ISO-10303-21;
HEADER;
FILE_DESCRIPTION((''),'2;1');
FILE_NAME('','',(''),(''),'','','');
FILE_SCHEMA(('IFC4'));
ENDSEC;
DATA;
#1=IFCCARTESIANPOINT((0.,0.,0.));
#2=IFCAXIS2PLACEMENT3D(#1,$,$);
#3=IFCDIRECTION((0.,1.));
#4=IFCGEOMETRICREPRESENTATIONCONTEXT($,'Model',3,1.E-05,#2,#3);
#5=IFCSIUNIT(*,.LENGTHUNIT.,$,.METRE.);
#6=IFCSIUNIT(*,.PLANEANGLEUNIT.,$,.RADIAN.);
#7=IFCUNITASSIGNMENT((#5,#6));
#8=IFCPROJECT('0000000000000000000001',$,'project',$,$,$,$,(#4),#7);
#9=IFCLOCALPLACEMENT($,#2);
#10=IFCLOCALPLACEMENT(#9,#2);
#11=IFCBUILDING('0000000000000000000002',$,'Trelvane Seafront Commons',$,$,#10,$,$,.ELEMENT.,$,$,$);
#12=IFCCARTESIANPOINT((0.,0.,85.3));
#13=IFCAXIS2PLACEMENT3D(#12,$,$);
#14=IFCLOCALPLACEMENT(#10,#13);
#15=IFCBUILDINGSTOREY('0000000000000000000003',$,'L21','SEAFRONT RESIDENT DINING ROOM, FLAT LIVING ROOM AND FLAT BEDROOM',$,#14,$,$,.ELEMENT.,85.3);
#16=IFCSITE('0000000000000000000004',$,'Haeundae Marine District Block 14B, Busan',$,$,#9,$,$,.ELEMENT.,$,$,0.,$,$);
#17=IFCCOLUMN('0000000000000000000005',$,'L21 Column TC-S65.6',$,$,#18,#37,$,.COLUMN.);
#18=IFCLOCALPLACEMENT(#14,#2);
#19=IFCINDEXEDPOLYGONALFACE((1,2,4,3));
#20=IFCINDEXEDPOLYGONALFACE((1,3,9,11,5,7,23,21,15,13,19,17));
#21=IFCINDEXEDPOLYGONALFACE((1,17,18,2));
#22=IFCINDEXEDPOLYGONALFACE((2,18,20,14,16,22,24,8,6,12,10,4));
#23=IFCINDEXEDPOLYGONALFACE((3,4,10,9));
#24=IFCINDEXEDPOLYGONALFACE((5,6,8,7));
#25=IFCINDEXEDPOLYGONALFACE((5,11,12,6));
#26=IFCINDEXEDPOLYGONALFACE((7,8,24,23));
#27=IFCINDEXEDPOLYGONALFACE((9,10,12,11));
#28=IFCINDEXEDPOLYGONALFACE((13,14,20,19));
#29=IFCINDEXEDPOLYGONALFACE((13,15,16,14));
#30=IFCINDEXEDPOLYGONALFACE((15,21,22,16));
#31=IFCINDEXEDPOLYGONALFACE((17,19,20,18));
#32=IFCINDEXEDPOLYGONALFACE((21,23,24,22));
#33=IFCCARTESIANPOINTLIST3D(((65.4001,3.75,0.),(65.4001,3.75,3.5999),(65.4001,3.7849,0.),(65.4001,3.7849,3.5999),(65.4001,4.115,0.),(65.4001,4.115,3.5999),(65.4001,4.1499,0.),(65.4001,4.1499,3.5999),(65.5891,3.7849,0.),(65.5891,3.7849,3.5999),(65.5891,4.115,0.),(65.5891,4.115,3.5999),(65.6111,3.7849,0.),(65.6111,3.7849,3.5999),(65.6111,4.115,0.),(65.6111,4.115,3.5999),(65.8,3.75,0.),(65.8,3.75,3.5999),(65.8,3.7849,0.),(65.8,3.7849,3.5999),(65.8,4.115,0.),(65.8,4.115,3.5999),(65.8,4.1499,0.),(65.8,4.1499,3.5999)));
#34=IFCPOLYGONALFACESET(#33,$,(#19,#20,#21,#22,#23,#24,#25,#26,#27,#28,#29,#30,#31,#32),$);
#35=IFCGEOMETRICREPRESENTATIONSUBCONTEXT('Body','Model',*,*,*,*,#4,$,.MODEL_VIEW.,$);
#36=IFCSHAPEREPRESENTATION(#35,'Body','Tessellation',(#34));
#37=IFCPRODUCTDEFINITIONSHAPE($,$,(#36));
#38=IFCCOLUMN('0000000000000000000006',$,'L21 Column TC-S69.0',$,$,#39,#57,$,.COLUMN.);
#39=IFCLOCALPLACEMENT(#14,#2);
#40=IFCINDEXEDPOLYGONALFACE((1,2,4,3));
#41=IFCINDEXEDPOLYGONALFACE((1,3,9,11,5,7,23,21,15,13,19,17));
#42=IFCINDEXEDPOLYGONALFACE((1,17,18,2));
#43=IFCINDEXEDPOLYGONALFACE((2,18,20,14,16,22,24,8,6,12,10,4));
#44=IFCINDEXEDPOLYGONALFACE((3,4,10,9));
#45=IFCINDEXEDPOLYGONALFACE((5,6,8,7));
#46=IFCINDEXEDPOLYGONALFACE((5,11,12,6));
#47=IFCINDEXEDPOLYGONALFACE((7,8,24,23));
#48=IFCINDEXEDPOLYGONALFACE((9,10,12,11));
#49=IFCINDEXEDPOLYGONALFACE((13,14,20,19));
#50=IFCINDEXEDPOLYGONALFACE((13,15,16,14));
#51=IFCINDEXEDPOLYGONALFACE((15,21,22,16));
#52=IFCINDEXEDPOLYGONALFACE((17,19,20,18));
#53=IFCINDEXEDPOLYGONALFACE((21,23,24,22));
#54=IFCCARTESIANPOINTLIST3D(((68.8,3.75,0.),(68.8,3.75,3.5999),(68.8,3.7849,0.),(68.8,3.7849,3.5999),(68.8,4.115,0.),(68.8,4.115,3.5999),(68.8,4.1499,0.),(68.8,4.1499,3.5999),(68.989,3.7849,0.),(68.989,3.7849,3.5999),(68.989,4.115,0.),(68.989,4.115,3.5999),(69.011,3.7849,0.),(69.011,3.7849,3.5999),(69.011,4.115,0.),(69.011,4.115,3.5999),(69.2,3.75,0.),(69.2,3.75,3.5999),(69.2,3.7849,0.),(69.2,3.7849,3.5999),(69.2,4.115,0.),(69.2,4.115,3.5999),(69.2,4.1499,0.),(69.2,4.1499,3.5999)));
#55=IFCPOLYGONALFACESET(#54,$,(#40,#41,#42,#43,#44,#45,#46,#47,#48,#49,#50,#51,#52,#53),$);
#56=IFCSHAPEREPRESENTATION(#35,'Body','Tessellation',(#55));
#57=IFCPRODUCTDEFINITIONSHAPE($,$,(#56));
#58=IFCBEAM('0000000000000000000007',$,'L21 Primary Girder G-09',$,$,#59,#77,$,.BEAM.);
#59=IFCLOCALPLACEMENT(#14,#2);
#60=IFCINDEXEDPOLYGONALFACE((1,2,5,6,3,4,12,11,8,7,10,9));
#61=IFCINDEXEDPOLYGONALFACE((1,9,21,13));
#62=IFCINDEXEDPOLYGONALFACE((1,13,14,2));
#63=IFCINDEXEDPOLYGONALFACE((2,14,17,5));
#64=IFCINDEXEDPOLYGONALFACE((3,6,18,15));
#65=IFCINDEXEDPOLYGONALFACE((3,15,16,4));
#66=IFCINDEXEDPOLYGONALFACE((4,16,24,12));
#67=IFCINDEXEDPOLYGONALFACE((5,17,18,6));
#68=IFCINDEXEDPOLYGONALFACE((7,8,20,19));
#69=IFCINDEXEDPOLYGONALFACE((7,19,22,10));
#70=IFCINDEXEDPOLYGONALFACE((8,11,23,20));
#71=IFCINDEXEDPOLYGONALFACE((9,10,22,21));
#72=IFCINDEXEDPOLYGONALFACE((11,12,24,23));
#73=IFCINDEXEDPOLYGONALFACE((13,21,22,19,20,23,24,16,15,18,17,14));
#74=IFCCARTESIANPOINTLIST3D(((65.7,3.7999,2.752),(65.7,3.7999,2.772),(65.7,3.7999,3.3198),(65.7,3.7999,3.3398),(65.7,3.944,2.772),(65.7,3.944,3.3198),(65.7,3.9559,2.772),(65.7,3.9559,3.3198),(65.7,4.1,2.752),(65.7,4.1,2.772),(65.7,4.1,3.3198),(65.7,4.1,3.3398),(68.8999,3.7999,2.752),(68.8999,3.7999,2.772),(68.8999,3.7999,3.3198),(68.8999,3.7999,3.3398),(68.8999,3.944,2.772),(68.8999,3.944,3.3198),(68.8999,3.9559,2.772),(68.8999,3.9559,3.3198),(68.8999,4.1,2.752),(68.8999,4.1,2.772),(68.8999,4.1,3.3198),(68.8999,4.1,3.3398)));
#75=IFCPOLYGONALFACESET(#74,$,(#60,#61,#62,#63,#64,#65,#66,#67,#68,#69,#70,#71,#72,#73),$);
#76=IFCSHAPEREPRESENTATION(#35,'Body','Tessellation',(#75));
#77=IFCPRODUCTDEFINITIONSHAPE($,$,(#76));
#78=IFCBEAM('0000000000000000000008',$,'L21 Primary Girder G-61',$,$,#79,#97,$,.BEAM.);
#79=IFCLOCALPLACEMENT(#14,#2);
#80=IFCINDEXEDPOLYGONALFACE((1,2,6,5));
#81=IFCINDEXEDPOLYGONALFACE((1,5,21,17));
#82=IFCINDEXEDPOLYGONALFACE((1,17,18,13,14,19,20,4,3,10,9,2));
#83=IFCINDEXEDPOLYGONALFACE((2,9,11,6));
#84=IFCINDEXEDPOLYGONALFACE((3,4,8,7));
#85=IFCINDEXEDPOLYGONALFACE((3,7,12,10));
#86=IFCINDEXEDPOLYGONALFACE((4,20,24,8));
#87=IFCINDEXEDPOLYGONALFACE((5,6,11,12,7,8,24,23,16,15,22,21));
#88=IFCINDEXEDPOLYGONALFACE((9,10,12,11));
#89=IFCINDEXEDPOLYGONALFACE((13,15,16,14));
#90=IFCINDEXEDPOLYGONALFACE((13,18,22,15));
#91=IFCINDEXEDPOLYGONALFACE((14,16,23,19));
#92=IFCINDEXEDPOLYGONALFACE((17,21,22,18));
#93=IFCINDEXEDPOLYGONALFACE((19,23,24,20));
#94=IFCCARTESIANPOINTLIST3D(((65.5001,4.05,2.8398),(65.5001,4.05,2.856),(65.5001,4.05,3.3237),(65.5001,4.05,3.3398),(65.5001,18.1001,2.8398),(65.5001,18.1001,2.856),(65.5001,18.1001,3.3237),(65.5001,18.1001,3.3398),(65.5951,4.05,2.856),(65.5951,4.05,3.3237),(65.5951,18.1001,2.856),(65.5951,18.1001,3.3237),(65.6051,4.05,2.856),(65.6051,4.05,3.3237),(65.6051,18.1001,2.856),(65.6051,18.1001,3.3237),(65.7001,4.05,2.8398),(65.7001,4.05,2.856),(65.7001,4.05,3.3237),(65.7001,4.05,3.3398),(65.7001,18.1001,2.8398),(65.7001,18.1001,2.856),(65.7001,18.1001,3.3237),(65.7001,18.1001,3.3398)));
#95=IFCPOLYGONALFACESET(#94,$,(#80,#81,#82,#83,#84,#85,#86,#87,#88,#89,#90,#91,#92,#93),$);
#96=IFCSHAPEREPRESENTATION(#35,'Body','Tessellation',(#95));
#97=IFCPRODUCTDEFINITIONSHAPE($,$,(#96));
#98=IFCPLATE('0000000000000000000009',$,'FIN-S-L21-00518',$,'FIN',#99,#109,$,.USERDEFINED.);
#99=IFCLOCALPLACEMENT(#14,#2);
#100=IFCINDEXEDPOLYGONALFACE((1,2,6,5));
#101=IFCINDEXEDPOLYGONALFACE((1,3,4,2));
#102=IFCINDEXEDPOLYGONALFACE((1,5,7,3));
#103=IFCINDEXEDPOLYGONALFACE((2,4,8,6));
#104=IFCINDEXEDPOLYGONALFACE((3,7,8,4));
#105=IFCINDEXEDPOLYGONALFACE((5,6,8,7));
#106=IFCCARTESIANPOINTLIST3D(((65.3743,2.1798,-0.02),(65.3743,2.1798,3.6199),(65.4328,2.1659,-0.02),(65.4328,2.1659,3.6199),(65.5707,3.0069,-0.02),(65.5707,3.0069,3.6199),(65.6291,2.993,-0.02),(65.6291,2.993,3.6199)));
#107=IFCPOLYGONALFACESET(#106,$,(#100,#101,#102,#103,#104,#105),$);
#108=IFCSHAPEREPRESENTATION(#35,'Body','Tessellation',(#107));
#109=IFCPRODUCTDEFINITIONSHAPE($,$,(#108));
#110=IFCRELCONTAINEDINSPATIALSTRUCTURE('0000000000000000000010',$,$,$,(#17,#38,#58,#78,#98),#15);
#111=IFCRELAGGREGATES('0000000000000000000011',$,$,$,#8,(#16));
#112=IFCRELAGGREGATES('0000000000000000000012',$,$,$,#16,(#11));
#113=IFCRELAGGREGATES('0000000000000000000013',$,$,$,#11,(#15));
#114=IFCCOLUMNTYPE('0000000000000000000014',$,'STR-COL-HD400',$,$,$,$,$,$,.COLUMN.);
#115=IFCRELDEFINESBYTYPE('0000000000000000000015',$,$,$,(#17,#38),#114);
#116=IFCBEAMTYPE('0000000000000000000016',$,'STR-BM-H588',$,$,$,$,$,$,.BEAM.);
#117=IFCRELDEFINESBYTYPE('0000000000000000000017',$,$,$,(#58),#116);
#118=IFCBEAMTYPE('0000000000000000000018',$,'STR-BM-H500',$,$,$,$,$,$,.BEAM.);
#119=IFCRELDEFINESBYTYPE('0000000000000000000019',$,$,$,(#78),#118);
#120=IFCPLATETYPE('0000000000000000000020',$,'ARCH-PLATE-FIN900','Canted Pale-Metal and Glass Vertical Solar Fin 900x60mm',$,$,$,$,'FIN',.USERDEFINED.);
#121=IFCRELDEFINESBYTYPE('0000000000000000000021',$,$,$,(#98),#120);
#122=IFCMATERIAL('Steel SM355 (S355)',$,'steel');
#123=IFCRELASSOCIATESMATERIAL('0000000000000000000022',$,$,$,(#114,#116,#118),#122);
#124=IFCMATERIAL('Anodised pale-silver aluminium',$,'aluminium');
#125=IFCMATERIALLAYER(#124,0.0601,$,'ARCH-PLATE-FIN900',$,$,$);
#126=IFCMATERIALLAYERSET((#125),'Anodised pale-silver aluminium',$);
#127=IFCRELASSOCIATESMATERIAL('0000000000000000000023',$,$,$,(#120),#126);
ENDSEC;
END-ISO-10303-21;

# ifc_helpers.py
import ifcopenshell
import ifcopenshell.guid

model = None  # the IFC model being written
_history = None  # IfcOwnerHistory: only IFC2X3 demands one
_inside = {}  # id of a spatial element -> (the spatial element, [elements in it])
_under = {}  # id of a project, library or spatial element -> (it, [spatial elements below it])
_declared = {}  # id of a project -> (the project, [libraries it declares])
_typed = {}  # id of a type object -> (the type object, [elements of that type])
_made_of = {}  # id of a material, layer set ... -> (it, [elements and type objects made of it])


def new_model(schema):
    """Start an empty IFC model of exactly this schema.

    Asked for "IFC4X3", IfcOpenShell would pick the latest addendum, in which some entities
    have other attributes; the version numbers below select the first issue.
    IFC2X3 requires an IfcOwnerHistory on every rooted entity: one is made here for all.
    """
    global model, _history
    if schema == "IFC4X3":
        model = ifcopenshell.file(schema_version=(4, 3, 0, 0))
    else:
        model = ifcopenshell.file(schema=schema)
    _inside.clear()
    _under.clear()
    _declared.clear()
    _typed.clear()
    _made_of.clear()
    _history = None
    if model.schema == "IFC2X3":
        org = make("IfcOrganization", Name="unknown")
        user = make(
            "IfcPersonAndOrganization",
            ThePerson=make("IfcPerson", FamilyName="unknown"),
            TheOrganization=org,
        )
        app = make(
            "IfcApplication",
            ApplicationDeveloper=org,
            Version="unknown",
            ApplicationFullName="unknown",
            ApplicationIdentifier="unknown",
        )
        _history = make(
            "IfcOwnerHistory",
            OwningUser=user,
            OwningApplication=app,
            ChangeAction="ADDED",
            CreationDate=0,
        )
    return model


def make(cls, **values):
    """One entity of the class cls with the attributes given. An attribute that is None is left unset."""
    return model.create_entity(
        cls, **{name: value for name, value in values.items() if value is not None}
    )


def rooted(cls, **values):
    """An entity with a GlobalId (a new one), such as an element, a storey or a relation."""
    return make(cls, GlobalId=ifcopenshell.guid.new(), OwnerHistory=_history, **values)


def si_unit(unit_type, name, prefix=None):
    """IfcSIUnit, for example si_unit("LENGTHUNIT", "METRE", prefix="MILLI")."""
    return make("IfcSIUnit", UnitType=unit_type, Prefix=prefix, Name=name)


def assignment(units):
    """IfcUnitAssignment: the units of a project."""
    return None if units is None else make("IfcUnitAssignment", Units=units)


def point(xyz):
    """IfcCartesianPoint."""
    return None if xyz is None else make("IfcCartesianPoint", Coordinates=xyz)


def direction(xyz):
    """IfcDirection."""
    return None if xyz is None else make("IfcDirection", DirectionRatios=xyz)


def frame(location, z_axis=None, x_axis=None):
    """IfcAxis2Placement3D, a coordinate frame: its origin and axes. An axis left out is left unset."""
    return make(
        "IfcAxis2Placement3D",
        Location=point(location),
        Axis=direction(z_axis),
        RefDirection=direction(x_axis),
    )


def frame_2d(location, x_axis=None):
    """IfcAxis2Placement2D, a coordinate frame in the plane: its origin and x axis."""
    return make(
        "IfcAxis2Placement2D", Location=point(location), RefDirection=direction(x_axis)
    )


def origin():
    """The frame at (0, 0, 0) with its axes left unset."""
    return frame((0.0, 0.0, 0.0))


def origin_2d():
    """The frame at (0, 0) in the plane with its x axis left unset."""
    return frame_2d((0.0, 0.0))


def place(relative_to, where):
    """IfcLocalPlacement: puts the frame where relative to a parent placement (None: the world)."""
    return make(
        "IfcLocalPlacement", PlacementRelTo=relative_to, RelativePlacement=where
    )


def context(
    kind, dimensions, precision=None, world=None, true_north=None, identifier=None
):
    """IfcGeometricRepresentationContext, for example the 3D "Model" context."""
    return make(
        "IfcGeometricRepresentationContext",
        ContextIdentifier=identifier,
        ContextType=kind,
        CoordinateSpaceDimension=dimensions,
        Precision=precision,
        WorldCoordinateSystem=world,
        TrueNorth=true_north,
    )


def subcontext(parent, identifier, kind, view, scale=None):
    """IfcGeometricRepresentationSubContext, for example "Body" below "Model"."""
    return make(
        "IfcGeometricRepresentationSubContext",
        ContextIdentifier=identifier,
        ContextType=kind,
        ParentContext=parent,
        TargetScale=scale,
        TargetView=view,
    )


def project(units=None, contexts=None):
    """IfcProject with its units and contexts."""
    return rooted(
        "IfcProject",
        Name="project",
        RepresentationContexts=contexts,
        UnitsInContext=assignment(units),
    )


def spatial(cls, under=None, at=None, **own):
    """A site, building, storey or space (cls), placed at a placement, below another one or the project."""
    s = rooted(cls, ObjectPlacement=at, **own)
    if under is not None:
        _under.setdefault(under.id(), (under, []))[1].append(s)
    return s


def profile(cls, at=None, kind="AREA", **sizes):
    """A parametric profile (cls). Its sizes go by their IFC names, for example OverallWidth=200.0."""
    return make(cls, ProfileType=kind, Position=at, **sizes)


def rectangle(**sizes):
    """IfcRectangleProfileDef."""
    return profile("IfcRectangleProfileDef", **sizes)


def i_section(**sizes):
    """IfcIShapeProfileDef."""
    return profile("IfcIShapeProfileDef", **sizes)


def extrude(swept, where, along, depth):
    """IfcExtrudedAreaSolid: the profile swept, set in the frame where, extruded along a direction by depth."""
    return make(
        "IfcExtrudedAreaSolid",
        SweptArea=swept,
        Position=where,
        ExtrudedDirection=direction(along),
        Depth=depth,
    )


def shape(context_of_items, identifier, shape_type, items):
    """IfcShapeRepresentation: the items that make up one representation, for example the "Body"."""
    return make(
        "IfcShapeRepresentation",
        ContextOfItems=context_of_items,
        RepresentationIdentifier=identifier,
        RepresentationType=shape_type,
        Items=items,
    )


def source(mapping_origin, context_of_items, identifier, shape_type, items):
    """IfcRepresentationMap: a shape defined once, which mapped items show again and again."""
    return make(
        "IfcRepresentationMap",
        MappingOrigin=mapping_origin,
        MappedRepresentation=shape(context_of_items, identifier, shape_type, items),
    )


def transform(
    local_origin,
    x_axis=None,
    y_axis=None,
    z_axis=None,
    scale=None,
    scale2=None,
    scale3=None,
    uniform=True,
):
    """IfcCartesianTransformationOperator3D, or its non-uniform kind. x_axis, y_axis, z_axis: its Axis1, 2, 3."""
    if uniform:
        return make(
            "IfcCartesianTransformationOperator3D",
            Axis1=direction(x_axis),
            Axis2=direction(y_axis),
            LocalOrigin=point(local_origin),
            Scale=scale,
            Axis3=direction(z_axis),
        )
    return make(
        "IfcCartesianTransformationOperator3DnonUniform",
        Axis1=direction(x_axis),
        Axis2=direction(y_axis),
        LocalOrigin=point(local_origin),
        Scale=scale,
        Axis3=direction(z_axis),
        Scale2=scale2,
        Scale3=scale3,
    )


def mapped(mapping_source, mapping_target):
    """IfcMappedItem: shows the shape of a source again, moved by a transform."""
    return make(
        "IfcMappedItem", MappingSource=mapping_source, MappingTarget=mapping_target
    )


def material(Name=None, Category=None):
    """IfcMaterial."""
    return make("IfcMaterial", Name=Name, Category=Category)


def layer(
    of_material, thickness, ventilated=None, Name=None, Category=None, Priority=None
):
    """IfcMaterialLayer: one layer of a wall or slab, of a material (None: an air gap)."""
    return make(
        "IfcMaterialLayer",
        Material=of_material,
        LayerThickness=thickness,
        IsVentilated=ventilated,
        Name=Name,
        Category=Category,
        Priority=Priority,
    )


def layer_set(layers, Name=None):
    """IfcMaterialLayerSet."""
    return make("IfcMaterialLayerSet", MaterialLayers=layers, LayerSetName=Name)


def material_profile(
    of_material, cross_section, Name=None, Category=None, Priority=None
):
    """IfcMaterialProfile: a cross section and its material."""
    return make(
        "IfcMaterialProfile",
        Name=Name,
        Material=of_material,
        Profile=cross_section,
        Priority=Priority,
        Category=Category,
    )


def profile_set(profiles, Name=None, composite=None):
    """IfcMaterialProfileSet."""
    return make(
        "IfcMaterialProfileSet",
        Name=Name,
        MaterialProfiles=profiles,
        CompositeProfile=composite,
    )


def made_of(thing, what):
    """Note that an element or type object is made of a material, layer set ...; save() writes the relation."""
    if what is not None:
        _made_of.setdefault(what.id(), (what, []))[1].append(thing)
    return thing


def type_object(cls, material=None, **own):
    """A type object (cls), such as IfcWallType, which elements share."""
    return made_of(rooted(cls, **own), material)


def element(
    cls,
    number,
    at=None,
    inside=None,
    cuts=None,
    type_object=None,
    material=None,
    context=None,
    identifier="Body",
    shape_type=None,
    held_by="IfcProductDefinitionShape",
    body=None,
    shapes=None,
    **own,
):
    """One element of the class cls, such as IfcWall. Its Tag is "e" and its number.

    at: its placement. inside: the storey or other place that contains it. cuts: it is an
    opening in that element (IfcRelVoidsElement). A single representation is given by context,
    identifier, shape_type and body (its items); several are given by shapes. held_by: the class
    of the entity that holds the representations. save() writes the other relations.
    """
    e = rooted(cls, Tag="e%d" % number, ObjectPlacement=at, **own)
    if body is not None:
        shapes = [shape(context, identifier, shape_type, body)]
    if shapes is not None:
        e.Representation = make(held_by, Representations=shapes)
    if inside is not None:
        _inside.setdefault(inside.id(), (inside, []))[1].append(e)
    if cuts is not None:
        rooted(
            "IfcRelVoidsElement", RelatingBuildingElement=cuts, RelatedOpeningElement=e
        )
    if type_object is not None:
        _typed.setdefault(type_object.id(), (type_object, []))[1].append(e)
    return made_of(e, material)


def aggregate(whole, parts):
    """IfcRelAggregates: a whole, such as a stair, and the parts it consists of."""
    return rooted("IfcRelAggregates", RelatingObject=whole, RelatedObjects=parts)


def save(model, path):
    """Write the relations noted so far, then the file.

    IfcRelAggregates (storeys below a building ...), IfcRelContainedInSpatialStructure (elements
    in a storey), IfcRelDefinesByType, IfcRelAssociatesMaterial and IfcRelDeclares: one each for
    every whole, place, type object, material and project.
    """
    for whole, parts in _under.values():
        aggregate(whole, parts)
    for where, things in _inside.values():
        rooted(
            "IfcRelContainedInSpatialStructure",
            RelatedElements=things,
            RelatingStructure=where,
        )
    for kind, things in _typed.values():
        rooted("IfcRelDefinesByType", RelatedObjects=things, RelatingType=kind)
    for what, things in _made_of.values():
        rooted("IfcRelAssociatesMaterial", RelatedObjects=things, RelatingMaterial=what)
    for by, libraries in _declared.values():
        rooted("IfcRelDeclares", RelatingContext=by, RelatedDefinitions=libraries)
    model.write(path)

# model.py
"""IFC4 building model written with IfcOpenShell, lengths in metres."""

from ifc_helpers import new_model, si_unit, direction, frame, origin, origin_2d, place, context, subcontext, project, spatial, rectangle, i_section, extrude, source, transform, mapped, material, layer, layer_set, material_profile, profile_set, type_object, element, save


model = new_model("IFC4")

# Units and contexts
model_context = context("Model", 3, precision=1e-05, world=origin(), true_north=direction((0.0, 1.0)))
body_context = subcontext(model_context, "Body", "Model", "MODEL_VIEW")
ifc_project = project(units=[si_unit("LENGTHUNIT", "METRE"), si_unit("PLANEANGLEUNIT", "RADIAN")], contexts=[model_context])

# Site, building, storey
site_placement = place(None, origin())
site = spatial("IfcSite", under=ifc_project, at=site_placement, Name="Haeundae Marine District Block 14B, Busan", CompositionType="ELEMENT", RefElevation=0.0)
building_placement = place(site_placement, origin())
building = spatial("IfcBuilding", under=site, at=building_placement, Name="Trelvane Seafront Commons", CompositionType="ELEMENT")
storey_placement = place(building_placement, frame((0.0, 0.0, 85.3)))
storey = spatial("IfcBuildingStorey", under=building, at=storey_placement, Name="L21", Description="SEAFRONT RESIDENT DINING ROOM, FLAT LIVING ROOM AND FLAT BEDROOM", CompositionType="ELEMENT", Elevation=85.3)

# Columns
ifc_material_1 = material(Name="Steel SM355 (S355)", Category="steel")
ifc_material_profile_1 = material_profile(ifc_material_1, i_section(OverallWidth=0.3999, OverallDepth=0.3999, WebThickness=0.022, FlangeThickness=0.0349, at=origin_2d()), Name="HD-400x400x22x35")
ifc_profile_set_1 = profile_set([ifc_material_profile_1], Name="Steel SM355 (S355)")
column_type = type_object("IfcColumnType", Name="STR-COL-HD400", PredefinedType="COLUMN", material=ifc_profile_set_1)
shared_shape_1 = source(origin(), body_context, "Body", "SweptSolid", [
    extrude(i_section(OverallWidth=0.3999, OverallDepth=0.3999, WebThickness=0.022, FlangeThickness=0.0349, at=origin_2d()), origin(), (0.0, 0.0, 1.0), 3.5999),
])
for number, where, z_axis, x_axis, name in (
    (1, (65.6001, 3.95, 0.0), (0.0, 0.0, 1.0), (1.0, 0.0, 0.0), "L21 Column TC-S65.6"),
    (2, (69.0, 3.95, 0.0), (0.0, 0.0, 1.0), (1.0, 0.0, 0.0), "L21 Column TC-S69.0"),
):
    element("IfcColumn", number, at=place(storey_placement, frame(where, z_axis=z_axis, x_axis=x_axis)), inside=storey, type_object=column_type, Name=name, PredefinedType="COLUMN", context=body_context, shape_type="MappedRepresentation", body=[
        mapped(shared_shape_1, transform((0.0, 0.0, 0.0), x_axis=(1.0, 0.0, 0.0), y_axis=(0.0, 1.0, 0.0), z_axis=(0.0, 0.0, 1.0), scale=1.0)),
    ])

# Beams
ifc_material_profile_2 = material_profile(ifc_material_1, i_section(OverallWidth=0.3, OverallDepth=0.5879, WebThickness=0.012, FlangeThickness=0.02, at=origin_2d()), Name="H-588x300x12x20")
ifc_profile_set_2 = profile_set([ifc_material_profile_2], Name="Steel SM355 (S355)")
beam_type_1 = type_object("IfcBeamType", Name="STR-BM-H588", PredefinedType="BEAM", material=ifc_profile_set_2)
shared_shape_2 = source(origin(), body_context, "Body", "SweptSolid", [
    extrude(i_section(OverallWidth=0.3, OverallDepth=0.5879, WebThickness=0.012, FlangeThickness=0.02, at=origin_2d()), origin(), (0.0, 0.0, 1.0), 3.2),
])
beam_1_placement = place(storey_placement, frame((65.7, 3.95, 3.0459), z_axis=(1.0, 0.0, 0.0), x_axis=(0.0, 1.0, 0.0)))
element("IfcBeam", 3, at=beam_1_placement, inside=storey, type_object=beam_type_1, Name="L21 Primary Girder G-09", PredefinedType="BEAM", context=body_context, shape_type="MappedRepresentation", body=[
    mapped(shared_shape_2, transform((0.0, 0.0, 0.0), x_axis=(1.0, 0.0, 0.0), y_axis=(0.0, 1.0, 0.0), z_axis=(0.0, 0.0, 1.0), scale=1.0)),
])
ifc_material_profile_3 = material_profile(ifc_material_1, i_section(OverallWidth=0.2, OverallDepth=0.5, WebThickness=0.01, FlangeThickness=0.0161, at=origin_2d()), Name="H-500x200x10x16")
ifc_profile_set_3 = profile_set([ifc_material_profile_3], Name="Steel SM355 (S355)")
beam_type_2 = type_object("IfcBeamType", Name="STR-BM-H500", PredefinedType="BEAM", material=ifc_profile_set_3)
shared_shape_3 = source(origin(), body_context, "Body", "SweptSolid", [
    extrude(i_section(OverallWidth=0.2, OverallDepth=0.5, WebThickness=0.01, FlangeThickness=0.0161, at=origin_2d()), origin(), (0.0, 0.0, 1.0), 14.05),
])
beam_2_placement = place(storey_placement, frame((65.6001, 4.05, 3.0898), z_axis=(0.0, 1.0, 0.0), x_axis=(-1.0, 0.0, 0.0)))
element("IfcBeam", 4, at=beam_2_placement, inside=storey, type_object=beam_type_2, Name="L21 Primary Girder G-61", PredefinedType="BEAM", context=body_context, shape_type="MappedRepresentation", body=[
    mapped(shared_shape_3, transform((0.0, 0.0, 0.0), x_axis=(1.0, 0.0, 0.0), y_axis=(0.0, 1.0, 0.0), z_axis=(0.0, 0.0, 1.0), scale=1.0)),
])

# Plate
ifc_material_2 = material(Name="Anodised pale-silver aluminium", Category="aluminium")
ifc_layer_1 = layer(ifc_material_2, 0.0601, Name="ARCH-PLATE-FIN900")
ifc_layer_set_1 = layer_set([ifc_layer_1], Name="Anodised pale-silver aluminium")
plate_type = type_object("IfcPlateType", Name="ARCH-PLATE-FIN900", Description="Canted Pale-Metal and Glass Vertical Solar Fin 900x60mm", ElementType="FIN", PredefinedType="USERDEFINED", material=ifc_layer_set_1)
shared_shape_4 = source(origin(), body_context, "Body", "SweptSolid", [
    extrude(rectangle(XDim=0.8501, YDim=0.0601, at=origin_2d()), origin(), (0.0, 0.0, 1.0), 3.6399),
])
plate_placement = place(storey_placement, frame((65.5017, 2.5864, -0.02), z_axis=(0.0, 0.0, 1.0), x_axis=(-0.230946, -0.972966, 0.0)))
element("IfcPlate", 5, at=plate_placement, inside=storey, type_object=plate_type, Name="FIN-S-L21-00518", ObjectType="FIN", PredefinedType="USERDEFINED", context=body_context, shape_type="MappedRepresentation", body=[
    mapped(shared_shape_4, transform((0.0, 0.0, 0.0), x_axis=(1.0, 0.0, 0.0), y_axis=(0.0, 1.0, 0.0), z_axis=(0.0, 0.0, 1.0), scale=1.0)),
])

save(model, "model.ifc")
